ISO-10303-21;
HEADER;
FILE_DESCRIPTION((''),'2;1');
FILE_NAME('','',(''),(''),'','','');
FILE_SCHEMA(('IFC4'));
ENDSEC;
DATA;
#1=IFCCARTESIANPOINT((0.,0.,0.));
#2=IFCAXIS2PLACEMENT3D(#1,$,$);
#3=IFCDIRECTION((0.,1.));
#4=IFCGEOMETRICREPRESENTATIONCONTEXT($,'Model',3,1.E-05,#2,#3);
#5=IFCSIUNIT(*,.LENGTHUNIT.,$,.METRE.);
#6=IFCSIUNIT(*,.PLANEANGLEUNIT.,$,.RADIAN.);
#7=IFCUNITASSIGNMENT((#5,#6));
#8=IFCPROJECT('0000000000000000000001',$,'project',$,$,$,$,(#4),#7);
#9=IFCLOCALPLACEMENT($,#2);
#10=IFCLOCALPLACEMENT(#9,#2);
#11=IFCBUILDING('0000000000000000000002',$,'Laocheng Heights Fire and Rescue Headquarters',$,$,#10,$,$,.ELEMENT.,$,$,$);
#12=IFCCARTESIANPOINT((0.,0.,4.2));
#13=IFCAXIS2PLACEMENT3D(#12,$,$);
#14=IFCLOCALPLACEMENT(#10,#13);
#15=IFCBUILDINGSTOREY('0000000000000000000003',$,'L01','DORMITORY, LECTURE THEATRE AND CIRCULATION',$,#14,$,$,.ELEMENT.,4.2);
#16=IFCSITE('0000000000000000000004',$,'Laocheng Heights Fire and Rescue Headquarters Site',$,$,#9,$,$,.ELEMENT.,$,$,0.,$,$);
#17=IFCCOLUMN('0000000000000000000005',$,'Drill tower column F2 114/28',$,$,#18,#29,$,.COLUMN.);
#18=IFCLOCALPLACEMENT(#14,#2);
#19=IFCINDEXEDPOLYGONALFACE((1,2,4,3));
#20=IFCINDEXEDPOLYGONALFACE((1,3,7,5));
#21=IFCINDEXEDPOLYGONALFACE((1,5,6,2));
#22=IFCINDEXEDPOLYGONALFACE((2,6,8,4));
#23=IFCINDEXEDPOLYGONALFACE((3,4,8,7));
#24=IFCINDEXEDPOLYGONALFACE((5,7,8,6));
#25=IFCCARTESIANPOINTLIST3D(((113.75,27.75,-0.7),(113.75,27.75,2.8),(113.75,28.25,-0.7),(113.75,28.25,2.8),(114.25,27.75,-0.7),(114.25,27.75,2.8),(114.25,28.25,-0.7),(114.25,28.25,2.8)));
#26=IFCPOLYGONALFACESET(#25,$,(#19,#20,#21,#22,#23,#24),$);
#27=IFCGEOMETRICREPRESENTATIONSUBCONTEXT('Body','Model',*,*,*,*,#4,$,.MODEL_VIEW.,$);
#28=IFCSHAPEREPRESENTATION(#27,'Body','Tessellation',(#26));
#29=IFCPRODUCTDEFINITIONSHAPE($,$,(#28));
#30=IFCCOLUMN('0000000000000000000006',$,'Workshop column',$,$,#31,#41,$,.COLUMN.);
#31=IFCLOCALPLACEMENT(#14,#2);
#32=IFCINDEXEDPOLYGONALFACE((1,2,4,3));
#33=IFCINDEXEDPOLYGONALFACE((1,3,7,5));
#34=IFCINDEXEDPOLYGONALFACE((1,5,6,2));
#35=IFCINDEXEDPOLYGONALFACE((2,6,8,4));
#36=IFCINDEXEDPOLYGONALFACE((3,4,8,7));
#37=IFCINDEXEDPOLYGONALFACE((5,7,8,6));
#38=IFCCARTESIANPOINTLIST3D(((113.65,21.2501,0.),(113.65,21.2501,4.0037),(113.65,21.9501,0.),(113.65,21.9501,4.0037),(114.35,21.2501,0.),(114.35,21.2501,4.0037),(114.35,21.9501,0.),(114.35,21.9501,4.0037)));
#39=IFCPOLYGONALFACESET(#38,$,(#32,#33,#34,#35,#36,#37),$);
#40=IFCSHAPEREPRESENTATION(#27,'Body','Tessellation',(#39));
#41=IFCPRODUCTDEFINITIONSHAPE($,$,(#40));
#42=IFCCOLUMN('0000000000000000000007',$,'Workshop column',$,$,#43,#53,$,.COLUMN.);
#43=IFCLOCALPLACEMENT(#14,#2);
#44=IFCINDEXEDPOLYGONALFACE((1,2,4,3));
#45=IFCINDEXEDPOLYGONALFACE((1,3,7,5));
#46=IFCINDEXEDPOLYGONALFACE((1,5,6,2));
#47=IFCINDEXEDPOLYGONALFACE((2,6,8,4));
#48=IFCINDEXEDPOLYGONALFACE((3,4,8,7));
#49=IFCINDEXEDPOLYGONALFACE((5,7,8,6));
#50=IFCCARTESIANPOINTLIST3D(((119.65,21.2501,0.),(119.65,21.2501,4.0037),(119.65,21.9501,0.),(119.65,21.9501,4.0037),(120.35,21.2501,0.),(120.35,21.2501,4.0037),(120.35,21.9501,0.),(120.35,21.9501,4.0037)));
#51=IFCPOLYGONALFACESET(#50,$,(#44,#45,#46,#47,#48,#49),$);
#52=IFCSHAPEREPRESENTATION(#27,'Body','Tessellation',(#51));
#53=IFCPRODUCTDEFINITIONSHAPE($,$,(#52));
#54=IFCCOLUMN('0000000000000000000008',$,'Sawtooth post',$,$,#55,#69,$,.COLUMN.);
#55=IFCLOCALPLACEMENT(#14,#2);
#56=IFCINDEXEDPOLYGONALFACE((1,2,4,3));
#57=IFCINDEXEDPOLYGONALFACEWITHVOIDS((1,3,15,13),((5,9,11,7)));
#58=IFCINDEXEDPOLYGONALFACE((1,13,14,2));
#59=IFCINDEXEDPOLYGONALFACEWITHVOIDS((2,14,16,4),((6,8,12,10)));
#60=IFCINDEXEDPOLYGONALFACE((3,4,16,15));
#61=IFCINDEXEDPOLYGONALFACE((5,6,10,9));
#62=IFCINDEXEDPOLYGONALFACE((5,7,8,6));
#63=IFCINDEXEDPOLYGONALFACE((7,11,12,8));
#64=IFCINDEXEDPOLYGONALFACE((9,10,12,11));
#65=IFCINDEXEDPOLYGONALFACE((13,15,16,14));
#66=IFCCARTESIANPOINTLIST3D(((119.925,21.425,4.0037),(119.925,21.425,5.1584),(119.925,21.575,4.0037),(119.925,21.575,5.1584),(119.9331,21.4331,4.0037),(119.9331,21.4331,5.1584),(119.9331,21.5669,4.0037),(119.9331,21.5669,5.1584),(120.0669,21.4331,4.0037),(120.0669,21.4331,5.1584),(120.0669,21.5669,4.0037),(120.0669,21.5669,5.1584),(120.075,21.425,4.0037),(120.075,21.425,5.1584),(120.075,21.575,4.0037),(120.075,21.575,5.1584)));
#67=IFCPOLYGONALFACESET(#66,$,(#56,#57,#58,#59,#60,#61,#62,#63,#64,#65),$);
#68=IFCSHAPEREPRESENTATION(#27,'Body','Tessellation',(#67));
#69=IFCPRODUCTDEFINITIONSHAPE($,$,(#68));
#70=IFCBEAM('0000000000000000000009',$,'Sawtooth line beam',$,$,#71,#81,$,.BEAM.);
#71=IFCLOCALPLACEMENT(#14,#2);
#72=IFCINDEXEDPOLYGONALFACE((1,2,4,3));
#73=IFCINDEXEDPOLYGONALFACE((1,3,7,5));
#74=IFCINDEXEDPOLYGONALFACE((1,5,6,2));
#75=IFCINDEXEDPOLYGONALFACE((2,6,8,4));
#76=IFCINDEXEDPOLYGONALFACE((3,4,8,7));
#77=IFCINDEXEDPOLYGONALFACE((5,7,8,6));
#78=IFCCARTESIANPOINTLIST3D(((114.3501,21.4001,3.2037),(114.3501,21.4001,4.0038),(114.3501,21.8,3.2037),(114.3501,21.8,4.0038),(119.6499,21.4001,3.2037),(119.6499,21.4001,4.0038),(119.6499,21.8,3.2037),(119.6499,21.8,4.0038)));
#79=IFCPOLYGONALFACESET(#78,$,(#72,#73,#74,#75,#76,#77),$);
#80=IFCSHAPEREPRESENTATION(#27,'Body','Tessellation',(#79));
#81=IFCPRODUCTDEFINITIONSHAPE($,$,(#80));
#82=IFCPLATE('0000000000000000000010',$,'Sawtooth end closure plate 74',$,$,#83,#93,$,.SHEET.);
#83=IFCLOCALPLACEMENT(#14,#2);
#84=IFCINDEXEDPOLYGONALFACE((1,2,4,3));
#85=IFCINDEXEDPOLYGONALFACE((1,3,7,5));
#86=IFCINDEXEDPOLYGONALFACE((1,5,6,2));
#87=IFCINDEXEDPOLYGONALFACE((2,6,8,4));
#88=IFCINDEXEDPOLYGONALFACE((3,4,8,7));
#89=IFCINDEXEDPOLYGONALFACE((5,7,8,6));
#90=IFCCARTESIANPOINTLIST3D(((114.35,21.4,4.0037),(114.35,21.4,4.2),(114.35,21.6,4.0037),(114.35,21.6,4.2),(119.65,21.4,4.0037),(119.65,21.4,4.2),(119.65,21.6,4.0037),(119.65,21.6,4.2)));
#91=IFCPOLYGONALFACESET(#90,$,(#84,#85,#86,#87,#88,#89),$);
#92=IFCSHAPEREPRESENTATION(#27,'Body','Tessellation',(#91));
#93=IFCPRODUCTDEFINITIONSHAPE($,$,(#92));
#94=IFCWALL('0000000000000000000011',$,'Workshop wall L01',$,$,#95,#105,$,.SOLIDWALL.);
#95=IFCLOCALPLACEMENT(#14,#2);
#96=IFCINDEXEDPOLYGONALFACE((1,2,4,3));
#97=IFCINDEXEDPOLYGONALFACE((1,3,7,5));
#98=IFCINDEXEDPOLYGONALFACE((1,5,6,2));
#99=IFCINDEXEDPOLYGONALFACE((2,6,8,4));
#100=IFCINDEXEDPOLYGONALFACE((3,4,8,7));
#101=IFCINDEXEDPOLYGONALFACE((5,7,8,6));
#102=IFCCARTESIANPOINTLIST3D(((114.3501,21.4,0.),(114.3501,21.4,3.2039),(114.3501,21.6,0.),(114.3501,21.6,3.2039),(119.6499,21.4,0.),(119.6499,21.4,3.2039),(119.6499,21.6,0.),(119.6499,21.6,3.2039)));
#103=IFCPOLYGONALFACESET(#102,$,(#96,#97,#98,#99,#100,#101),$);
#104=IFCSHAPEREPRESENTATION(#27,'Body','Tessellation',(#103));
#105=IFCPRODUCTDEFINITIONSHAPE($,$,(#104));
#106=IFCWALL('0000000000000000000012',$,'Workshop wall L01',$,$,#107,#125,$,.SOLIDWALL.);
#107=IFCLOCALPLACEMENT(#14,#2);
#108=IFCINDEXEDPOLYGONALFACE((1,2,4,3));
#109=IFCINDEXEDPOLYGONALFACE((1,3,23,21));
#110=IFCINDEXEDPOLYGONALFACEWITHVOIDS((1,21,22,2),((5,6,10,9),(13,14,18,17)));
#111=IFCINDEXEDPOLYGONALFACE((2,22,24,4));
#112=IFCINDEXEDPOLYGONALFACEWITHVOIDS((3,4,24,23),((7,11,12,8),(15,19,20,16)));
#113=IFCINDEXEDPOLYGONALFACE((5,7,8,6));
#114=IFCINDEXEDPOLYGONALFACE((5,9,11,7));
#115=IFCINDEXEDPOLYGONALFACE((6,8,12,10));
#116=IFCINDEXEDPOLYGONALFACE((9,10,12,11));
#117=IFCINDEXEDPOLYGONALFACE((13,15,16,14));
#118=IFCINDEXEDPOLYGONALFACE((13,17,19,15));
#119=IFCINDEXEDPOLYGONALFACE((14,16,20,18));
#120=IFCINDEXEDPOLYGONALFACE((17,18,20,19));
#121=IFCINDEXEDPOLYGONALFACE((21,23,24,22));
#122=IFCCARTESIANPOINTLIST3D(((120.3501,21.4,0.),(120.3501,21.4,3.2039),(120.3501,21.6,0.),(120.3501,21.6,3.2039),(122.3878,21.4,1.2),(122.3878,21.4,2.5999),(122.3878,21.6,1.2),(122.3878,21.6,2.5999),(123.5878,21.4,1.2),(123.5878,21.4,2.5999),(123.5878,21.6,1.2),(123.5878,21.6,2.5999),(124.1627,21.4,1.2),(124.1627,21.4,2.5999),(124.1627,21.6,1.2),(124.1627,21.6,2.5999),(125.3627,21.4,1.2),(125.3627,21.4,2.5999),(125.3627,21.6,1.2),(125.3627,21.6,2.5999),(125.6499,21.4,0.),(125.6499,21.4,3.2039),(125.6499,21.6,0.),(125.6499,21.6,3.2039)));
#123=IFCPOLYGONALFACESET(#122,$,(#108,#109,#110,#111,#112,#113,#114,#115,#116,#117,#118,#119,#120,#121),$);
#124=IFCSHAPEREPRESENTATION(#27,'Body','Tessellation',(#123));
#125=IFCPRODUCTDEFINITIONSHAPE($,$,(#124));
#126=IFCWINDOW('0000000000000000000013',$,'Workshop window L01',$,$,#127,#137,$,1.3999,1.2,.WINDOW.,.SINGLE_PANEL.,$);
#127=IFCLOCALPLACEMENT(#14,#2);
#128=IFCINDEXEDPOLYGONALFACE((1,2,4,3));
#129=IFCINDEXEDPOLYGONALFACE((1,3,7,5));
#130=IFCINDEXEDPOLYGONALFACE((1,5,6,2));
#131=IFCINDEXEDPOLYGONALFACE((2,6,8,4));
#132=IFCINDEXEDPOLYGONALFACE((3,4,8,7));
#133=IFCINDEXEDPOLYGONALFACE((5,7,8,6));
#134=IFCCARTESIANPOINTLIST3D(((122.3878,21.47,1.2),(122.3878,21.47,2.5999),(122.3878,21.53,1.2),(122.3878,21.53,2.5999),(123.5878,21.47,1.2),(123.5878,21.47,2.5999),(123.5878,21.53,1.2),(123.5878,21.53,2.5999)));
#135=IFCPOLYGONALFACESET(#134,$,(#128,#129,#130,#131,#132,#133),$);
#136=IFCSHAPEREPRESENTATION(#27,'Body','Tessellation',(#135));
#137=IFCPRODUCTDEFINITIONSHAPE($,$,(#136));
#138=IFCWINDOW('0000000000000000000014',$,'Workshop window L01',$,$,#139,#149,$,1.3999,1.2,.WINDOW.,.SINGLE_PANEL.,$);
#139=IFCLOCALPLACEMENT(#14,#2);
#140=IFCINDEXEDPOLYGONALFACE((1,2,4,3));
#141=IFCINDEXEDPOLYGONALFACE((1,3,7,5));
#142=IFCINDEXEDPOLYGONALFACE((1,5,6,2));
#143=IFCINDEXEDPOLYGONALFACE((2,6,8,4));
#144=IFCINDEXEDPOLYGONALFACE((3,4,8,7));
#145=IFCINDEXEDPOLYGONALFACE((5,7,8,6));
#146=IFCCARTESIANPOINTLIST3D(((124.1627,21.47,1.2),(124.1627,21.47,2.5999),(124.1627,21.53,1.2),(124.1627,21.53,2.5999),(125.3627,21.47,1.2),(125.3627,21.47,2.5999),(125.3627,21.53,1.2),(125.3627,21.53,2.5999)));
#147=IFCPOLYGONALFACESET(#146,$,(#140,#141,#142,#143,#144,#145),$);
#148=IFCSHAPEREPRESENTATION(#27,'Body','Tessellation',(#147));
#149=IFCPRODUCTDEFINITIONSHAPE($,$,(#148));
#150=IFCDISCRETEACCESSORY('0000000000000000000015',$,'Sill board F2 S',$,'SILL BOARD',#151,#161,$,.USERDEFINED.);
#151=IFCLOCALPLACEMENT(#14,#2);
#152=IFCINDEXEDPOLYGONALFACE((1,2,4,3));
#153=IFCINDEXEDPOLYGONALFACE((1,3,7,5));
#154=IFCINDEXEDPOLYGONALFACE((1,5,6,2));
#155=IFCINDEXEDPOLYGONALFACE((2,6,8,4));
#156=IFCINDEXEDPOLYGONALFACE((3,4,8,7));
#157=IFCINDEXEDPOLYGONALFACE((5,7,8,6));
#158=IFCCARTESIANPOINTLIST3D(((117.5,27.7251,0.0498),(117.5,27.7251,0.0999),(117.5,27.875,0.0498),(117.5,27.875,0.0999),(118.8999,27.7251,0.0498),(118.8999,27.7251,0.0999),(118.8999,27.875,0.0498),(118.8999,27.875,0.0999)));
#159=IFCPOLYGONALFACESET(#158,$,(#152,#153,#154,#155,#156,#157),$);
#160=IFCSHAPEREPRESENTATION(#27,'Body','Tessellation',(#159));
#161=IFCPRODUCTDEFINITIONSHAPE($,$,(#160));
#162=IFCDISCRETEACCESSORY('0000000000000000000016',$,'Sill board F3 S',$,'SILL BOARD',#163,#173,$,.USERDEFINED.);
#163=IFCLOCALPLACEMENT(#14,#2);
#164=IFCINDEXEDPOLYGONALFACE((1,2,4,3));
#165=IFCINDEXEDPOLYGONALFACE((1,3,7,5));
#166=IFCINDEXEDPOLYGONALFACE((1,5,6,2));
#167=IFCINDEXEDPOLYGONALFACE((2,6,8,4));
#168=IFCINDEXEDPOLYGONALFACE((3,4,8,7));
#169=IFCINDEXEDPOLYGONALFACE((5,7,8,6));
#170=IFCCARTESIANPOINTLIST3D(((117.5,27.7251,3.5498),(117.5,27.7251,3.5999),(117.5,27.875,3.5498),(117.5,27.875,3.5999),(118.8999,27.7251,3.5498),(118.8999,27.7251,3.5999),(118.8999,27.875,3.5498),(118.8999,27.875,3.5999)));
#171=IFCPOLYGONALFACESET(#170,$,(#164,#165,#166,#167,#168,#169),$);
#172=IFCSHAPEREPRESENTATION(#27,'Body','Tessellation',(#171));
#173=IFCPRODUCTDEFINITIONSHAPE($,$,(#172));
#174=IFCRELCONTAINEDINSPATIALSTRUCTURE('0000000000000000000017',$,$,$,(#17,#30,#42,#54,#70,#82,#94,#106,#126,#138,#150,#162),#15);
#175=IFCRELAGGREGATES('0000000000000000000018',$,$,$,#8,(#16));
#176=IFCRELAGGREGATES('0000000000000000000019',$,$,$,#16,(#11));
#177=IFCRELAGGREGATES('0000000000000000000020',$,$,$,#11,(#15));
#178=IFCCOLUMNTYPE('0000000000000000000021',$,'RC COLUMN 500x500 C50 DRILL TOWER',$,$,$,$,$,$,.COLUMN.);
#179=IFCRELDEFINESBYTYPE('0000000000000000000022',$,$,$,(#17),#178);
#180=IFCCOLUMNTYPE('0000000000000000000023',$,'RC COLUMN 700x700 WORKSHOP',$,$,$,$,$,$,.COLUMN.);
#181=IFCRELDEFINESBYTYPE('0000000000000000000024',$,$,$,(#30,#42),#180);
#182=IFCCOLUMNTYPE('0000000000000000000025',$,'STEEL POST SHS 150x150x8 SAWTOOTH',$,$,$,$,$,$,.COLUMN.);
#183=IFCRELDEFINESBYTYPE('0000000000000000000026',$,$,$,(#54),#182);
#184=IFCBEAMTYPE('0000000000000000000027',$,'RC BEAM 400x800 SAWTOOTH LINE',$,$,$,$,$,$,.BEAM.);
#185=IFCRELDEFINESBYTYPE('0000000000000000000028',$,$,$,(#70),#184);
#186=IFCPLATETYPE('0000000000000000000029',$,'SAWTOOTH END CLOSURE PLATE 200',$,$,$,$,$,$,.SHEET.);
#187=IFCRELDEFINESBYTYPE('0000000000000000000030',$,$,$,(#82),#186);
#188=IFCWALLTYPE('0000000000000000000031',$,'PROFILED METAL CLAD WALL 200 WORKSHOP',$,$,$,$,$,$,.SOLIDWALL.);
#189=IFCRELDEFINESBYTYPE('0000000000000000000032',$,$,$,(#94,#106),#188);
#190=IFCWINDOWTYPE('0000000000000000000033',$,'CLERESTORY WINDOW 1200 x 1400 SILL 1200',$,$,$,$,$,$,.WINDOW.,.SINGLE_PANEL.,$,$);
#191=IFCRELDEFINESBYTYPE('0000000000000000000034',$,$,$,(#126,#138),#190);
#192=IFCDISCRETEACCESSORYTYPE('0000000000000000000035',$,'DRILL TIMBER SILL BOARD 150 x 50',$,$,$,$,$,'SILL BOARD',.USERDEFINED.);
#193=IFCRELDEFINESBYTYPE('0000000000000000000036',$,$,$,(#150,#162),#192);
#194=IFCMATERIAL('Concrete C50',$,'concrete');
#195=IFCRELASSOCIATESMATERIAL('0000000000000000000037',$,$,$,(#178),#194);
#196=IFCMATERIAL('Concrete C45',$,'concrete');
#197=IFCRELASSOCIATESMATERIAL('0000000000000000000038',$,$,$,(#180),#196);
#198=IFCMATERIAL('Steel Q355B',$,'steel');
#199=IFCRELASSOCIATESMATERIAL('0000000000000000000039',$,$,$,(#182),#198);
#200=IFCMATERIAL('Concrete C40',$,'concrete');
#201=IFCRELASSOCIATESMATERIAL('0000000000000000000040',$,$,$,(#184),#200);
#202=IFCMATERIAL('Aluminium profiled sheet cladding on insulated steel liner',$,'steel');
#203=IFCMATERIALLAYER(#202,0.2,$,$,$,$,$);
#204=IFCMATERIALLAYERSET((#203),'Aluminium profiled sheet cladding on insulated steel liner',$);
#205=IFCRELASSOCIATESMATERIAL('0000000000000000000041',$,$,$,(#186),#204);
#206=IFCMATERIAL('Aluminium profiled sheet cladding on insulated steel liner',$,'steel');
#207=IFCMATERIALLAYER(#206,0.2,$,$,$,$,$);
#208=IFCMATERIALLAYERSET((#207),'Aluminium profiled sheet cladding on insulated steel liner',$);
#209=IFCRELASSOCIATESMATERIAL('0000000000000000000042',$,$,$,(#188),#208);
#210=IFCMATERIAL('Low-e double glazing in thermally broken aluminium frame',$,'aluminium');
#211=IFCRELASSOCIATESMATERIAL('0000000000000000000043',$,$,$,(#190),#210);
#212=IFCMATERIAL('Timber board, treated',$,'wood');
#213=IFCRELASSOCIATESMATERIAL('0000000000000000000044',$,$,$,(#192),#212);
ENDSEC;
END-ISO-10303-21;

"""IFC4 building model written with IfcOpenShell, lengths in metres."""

from ifc_helpers import new_model, si_unit, direction, frame, frame_2d, origin, origin_2d, place, context, subcontext, project, spatial, rectangle, hollow_rectangle, extrude, material, layer, layer_set, material_profile, profile_set, type_object, element, fill, save


model = new_model("IFC4")

# Units and contexts
model_context = context("Model", 3, precision=1e-05, world=origin(), true_north=direction((0.0, 1.0)))
body_context = subcontext(model_context, "Body", "Model", "MODEL_VIEW")
ifc_project = project(units=[si_unit("LENGTHUNIT", "METRE"), si_unit("PLANEANGLEUNIT", "RADIAN")], contexts=[model_context])

# Site, building, storey
site_placement = place(None, origin())
site = spatial("IfcSite", under=ifc_project, at=site_placement, Name="Laocheng Heights Fire and Rescue Headquarters Site", CompositionType="ELEMENT", RefElevation=0.0)
building_placement = place(site_placement, origin())
building = spatial("IfcBuilding", under=site, at=building_placement, Name="Laocheng Heights Fire and Rescue Headquarters", CompositionType="ELEMENT")
storey_placement = place(building_placement, frame((0.0, 0.0, 4.2)))
storey = spatial("IfcBuildingStorey", under=building, at=storey_placement, Name="L01", Description="DORMITORY, LECTURE THEATRE AND CIRCULATION", CompositionType="ELEMENT", Elevation=4.2)

# Columns
ifc_material_1 = material(Name="Concrete C50", Category="concrete")
ifc_material_profile_1 = material_profile(ifc_material_1, rectangle(XDim=0.5, YDim=0.5, at=origin_2d()), Name="RC COLUMN 500x500 C50 DRILL TOWER")
ifc_profile_set_1 = profile_set([ifc_material_profile_1], Name="Concrete C50")
column_type_1 = type_object("IfcColumnType", Name="RC COLUMN 500x500 C50 DRILL TOWER", PredefinedType="COLUMN", material=ifc_profile_set_1)
column_1_placement = place(storey_placement, frame((114.0, 28.0, -0.7), z_axis=(0.0, 0.0, 1.0), x_axis=(1.0, 0.0, 0.0)))
element("IfcColumn", 1, at=column_1_placement, inside=storey, type_object=column_type_1, Name="Drill tower column F2 114/28", PredefinedType="COLUMN", context=body_context, shape_type="SweptSolid", body=[
    extrude(rectangle(XDim=0.5, YDim=0.5, at=origin_2d()), origin(), (0.0, 0.0, 1.0), 3.5),
])
ifc_material_2 = material(Name="Concrete C45", Category="concrete")
ifc_material_profile_2 = material_profile(ifc_material_2, rectangle(XDim=0.7, YDim=0.7, at=origin_2d()), Name="RC COLUMN 700x700 WORKSHOP")
ifc_profile_set_2 = profile_set([ifc_material_profile_2], Name="Concrete C45")
column_type_2 = type_object("IfcColumnType", Name="RC COLUMN 700x700 WORKSHOP", PredefinedType="COLUMN", material=ifc_profile_set_2)
for number, where, z_axis, x_axis, name in (
    (2, (114.0, 21.6001, 0.0), (0.0, 0.0, 1.0), (1.0, 0.0, 0.0), "Workshop column"),
    (3, (120.0, 21.6001, 0.0), (0.0, 0.0, 1.0), (1.0, 0.0, 0.0), "Workshop column"),
):
    element("IfcColumn", number, at=place(storey_placement, frame(where, z_axis=z_axis, x_axis=x_axis)), inside=storey, type_object=column_type_2, Name=name, PredefinedType="COLUMN", context=body_context, shape_type="SweptSolid", body=[
        extrude(rectangle(XDim=0.7, YDim=0.7, at=origin_2d()), origin(), (0.0, 0.0, 1.0), 4.0037),
    ])
ifc_material_3 = material(Name="Steel Q355B", Category="steel")
ifc_material_profile_3 = material_profile(ifc_material_3, hollow_rectangle(XDim=0.1499, YDim=0.1499, WallThickness=0.0081, at=origin_2d()), Name="SHS 150x150x8")
ifc_profile_set_3 = profile_set([ifc_material_profile_3], Name="Steel Q355B")
column_type_3 = type_object("IfcColumnType", Name="STEEL POST SHS 150x150x8 SAWTOOTH", PredefinedType="COLUMN", material=ifc_profile_set_3)
column_2_placement = place(storey_placement, frame((120.0, 21.5, 4.0037), z_axis=(0.0, 0.0, 1.0), x_axis=(1.0, 0.0, 0.0)))
element("IfcColumn", 4, at=column_2_placement, inside=storey, type_object=column_type_3, Name="Sawtooth post", PredefinedType="COLUMN", context=body_context, shape_type="SweptSolid", body=[
    extrude(hollow_rectangle(XDim=0.1499, YDim=0.1499, WallThickness=0.0081, at=origin_2d()), origin(), (0.0, 0.0, 1.0), 1.1548),
])

# Beam
ifc_material_4 = material(Name="Concrete C40", Category="concrete")
ifc_material_profile_4 = material_profile(ifc_material_4, rectangle(XDim=0.3999, YDim=0.8, at=origin_2d()), Name="RC BEAM 400x800 SAWTOOTH LINE")
ifc_profile_set_4 = profile_set([ifc_material_profile_4], Name="Concrete C40")
beam_type = type_object("IfcBeamType", Name="RC BEAM 400x800 SAWTOOTH LINE", PredefinedType="BEAM", material=ifc_profile_set_4)
beam_placement = place(storey_placement, frame((114.3501, 21.6001, 3.6038), z_axis=(1.0, 0.0, 0.0), x_axis=(0.0, 1.0, 0.0)))
element("IfcBeam", 5, at=beam_placement, inside=storey, type_object=beam_type, Name="Sawtooth line beam", PredefinedType="BEAM", context=body_context, shape_type="SweptSolid", body=[
    extrude(rectangle(XDim=0.3999, YDim=0.8, at=origin_2d()), origin(), (0.0, 0.0, 1.0), 5.2998),
])

# Plate
ifc_material_5 = material(Name="Aluminium profiled sheet cladding on insulated steel liner", Category="steel")
ifc_layer_1 = layer(ifc_material_5, 0.2)
ifc_layer_set_1 = layer_set([ifc_layer_1], Name="Aluminium profiled sheet cladding on insulated steel liner")
plate_type = type_object("IfcPlateType", Name="SAWTOOTH END CLOSURE PLATE 200", PredefinedType="SHEET", material=ifc_layer_set_1)
plate_placement = place(storey_placement, frame((117.0, 21.5, 4.0037), z_axis=(0.0, 0.0, 1.0), x_axis=(1.0, 0.0, 0.0)))
element("IfcPlate", 6, at=plate_placement, inside=storey, type_object=plate_type, Name="Sawtooth end closure plate 74", PredefinedType="SHEET", context=body_context, shape_type="SweptSolid", body=[
    extrude(rectangle(XDim=5.3, YDim=0.2, at=origin_2d()), origin(), (0.0, 0.0, 1.0), 0.1963),
])

# Wall
ifc_material_6 = material(Name="Aluminium profiled sheet cladding on insulated steel liner", Category="steel")
ifc_layer_2 = layer(ifc_material_6, 0.2)
ifc_layer_set_2 = layer_set([ifc_layer_2], Name="Aluminium profiled sheet cladding on insulated steel liner")
wall_type = type_object("IfcWallType", Name="PROFILED METAL CLAD WALL 200 WORKSHOP", PredefinedType="SOLIDWALL", material=ifc_layer_set_2)
wall_1_placement = place(storey_placement, frame((114.3501, 21.5, 0.0), z_axis=(0.0, 0.0, 1.0), x_axis=(1.0, 0.0, 0.0)))
element("IfcWall", 7, at=wall_1_placement, inside=storey, type_object=wall_type, Name="Workshop wall L01", PredefinedType="SOLIDWALL", context=body_context, shape_type="SweptSolid", body=[
    extrude(rectangle(XDim=5.2998, YDim=0.2, at=frame_2d((2.6499, 0.0))), origin(), (0.0, 0.0, 1.0), 3.2039),
])

# Wall, openings, windows
wall_2_placement = place(storey_placement, frame((120.3501, 21.5, 0.0), z_axis=(0.0, 0.0, 1.0), x_axis=(1.0, 0.0, 0.0)))
wall_2 = element("IfcWall", 8, at=wall_2_placement, inside=storey, type_object=wall_type, Name="Workshop wall L01", PredefinedType="SOLIDWALL", context=body_context, shape_type="SweptSolid", body=[
    extrude(rectangle(XDim=5.2998, YDim=0.2, at=frame_2d((2.6499, 0.0))), origin(), (0.0, 0.0, 1.0), 3.2039),
])
opening_1_placement = place(wall_2_placement, frame((2.0376, 0.0, 1.2)))
opening_1 = element("IfcOpeningElement", 9, at=opening_1_placement, cuts=wall_2, PredefinedType="OPENING", context=body_context, shape_type="SweptSolid", body=[
    extrude(rectangle(XDim=1.2, YDim=1.3999, at=frame_2d((0.6001, 0.7))), frame((0.0, 0.1099, 0.0), z_axis=(0.0, -1.0, 0.0), x_axis=(1.0, 0.0, 0.0)), (0.0, 0.0, 1.0), 0.22),
])
opening_2_placement = place(wall_2_placement, frame((3.8125, 0.0, 1.2)))
opening_2 = element("IfcOpeningElement", 10, at=opening_2_placement, cuts=wall_2, PredefinedType="OPENING", context=body_context, shape_type="SweptSolid", body=[
    extrude(rectangle(XDim=1.2, YDim=1.3999, at=frame_2d((0.6001, 0.7))), frame((0.0, 0.1099, 0.0), z_axis=(0.0, -1.0, 0.0), x_axis=(1.0, 0.0, 0.0)), (0.0, 0.0, 1.0), 0.22),
])
ifc_material_7 = material(Name="Low-e double glazing in thermally broken aluminium frame", Category="aluminium")
window_type = type_object("IfcWindowType", Name="CLERESTORY WINDOW 1200 x 1400 SILL 1200", PartitioningType="SINGLE_PANEL", PredefinedType="WINDOW", material=ifc_material_7)
window_1_placement = place(opening_1_placement, origin())
window_1 = element("IfcWindow", 11, at=window_1_placement, inside=storey, type_object=window_type, Name="Workshop window L01", OverallHeight=1.3999, OverallWidth=1.2, PartitioningType="SINGLE_PANEL", PredefinedType="WINDOW", context=body_context, shape_type="SweptSolid", body=[
    extrude(rectangle(XDim=1.2, YDim=1.3999, at=frame_2d((0.6001, 0.7))), frame((0.0, 0.03, 0.0), z_axis=(0.0, -1.0, 0.0), x_axis=(1.0, 0.0, 0.0)), (0.0, 0.0, 1.0), 0.0601),
])
fill(opening_1, window_1)
window_2_placement = place(opening_2_placement, origin())
window_2 = element("IfcWindow", 12, at=window_2_placement, inside=storey, type_object=window_type, Name="Workshop window L01", OverallHeight=1.3999, OverallWidth=1.2, PartitioningType="SINGLE_PANEL", PredefinedType="WINDOW", context=body_context, shape_type="SweptSolid", body=[
    extrude(rectangle(XDim=1.2, YDim=1.3999, at=frame_2d((0.6001, 0.7))), frame((0.0, 0.03, 0.0), z_axis=(0.0, -1.0, 0.0), x_axis=(1.0, 0.0, 0.0)), (0.0, 0.0, 1.0), 0.0601),
])
fill(opening_2, window_2)

# Discrete accessories
ifc_material_8 = material(Name="Timber board, treated", Category="wood")
discrete_accessory_type_1 = type_object("IfcDiscreteAccessoryType", Name="DRILL TIMBER SILL BOARD 150 x 50", ElementType="SILL BOARD", PredefinedType="USERDEFINED", material=ifc_material_8)
for number, where, z_axis, x_axis, name in (
    (13, (118.2, 27.8, 0.0498), (0.0, 0.0, 1.0), (1.0, 0.0, 0.0), "Sill board F2 S"),
    (14, (118.2, 27.8, 3.5498), (0.0, 0.0, 1.0), (1.0, 0.0, 0.0), "Sill board F3 S"),
):
    element("IfcDiscreteAccessory", number, at=place(storey_placement, frame(where, z_axis=z_axis, x_axis=x_axis)), inside=storey, type_object=discrete_accessory_type_1, Name=name, ObjectType="SILL BOARD", PredefinedType="USERDEFINED", context=body_context, shape_type="SweptSolid", body=[
        extrude(rectangle(XDim=1.3999, YDim=0.1499, at=origin_2d()), origin(), (0.0, 0.0, 1.0), 0.05),
    ])

save(model, "model.ifc")
